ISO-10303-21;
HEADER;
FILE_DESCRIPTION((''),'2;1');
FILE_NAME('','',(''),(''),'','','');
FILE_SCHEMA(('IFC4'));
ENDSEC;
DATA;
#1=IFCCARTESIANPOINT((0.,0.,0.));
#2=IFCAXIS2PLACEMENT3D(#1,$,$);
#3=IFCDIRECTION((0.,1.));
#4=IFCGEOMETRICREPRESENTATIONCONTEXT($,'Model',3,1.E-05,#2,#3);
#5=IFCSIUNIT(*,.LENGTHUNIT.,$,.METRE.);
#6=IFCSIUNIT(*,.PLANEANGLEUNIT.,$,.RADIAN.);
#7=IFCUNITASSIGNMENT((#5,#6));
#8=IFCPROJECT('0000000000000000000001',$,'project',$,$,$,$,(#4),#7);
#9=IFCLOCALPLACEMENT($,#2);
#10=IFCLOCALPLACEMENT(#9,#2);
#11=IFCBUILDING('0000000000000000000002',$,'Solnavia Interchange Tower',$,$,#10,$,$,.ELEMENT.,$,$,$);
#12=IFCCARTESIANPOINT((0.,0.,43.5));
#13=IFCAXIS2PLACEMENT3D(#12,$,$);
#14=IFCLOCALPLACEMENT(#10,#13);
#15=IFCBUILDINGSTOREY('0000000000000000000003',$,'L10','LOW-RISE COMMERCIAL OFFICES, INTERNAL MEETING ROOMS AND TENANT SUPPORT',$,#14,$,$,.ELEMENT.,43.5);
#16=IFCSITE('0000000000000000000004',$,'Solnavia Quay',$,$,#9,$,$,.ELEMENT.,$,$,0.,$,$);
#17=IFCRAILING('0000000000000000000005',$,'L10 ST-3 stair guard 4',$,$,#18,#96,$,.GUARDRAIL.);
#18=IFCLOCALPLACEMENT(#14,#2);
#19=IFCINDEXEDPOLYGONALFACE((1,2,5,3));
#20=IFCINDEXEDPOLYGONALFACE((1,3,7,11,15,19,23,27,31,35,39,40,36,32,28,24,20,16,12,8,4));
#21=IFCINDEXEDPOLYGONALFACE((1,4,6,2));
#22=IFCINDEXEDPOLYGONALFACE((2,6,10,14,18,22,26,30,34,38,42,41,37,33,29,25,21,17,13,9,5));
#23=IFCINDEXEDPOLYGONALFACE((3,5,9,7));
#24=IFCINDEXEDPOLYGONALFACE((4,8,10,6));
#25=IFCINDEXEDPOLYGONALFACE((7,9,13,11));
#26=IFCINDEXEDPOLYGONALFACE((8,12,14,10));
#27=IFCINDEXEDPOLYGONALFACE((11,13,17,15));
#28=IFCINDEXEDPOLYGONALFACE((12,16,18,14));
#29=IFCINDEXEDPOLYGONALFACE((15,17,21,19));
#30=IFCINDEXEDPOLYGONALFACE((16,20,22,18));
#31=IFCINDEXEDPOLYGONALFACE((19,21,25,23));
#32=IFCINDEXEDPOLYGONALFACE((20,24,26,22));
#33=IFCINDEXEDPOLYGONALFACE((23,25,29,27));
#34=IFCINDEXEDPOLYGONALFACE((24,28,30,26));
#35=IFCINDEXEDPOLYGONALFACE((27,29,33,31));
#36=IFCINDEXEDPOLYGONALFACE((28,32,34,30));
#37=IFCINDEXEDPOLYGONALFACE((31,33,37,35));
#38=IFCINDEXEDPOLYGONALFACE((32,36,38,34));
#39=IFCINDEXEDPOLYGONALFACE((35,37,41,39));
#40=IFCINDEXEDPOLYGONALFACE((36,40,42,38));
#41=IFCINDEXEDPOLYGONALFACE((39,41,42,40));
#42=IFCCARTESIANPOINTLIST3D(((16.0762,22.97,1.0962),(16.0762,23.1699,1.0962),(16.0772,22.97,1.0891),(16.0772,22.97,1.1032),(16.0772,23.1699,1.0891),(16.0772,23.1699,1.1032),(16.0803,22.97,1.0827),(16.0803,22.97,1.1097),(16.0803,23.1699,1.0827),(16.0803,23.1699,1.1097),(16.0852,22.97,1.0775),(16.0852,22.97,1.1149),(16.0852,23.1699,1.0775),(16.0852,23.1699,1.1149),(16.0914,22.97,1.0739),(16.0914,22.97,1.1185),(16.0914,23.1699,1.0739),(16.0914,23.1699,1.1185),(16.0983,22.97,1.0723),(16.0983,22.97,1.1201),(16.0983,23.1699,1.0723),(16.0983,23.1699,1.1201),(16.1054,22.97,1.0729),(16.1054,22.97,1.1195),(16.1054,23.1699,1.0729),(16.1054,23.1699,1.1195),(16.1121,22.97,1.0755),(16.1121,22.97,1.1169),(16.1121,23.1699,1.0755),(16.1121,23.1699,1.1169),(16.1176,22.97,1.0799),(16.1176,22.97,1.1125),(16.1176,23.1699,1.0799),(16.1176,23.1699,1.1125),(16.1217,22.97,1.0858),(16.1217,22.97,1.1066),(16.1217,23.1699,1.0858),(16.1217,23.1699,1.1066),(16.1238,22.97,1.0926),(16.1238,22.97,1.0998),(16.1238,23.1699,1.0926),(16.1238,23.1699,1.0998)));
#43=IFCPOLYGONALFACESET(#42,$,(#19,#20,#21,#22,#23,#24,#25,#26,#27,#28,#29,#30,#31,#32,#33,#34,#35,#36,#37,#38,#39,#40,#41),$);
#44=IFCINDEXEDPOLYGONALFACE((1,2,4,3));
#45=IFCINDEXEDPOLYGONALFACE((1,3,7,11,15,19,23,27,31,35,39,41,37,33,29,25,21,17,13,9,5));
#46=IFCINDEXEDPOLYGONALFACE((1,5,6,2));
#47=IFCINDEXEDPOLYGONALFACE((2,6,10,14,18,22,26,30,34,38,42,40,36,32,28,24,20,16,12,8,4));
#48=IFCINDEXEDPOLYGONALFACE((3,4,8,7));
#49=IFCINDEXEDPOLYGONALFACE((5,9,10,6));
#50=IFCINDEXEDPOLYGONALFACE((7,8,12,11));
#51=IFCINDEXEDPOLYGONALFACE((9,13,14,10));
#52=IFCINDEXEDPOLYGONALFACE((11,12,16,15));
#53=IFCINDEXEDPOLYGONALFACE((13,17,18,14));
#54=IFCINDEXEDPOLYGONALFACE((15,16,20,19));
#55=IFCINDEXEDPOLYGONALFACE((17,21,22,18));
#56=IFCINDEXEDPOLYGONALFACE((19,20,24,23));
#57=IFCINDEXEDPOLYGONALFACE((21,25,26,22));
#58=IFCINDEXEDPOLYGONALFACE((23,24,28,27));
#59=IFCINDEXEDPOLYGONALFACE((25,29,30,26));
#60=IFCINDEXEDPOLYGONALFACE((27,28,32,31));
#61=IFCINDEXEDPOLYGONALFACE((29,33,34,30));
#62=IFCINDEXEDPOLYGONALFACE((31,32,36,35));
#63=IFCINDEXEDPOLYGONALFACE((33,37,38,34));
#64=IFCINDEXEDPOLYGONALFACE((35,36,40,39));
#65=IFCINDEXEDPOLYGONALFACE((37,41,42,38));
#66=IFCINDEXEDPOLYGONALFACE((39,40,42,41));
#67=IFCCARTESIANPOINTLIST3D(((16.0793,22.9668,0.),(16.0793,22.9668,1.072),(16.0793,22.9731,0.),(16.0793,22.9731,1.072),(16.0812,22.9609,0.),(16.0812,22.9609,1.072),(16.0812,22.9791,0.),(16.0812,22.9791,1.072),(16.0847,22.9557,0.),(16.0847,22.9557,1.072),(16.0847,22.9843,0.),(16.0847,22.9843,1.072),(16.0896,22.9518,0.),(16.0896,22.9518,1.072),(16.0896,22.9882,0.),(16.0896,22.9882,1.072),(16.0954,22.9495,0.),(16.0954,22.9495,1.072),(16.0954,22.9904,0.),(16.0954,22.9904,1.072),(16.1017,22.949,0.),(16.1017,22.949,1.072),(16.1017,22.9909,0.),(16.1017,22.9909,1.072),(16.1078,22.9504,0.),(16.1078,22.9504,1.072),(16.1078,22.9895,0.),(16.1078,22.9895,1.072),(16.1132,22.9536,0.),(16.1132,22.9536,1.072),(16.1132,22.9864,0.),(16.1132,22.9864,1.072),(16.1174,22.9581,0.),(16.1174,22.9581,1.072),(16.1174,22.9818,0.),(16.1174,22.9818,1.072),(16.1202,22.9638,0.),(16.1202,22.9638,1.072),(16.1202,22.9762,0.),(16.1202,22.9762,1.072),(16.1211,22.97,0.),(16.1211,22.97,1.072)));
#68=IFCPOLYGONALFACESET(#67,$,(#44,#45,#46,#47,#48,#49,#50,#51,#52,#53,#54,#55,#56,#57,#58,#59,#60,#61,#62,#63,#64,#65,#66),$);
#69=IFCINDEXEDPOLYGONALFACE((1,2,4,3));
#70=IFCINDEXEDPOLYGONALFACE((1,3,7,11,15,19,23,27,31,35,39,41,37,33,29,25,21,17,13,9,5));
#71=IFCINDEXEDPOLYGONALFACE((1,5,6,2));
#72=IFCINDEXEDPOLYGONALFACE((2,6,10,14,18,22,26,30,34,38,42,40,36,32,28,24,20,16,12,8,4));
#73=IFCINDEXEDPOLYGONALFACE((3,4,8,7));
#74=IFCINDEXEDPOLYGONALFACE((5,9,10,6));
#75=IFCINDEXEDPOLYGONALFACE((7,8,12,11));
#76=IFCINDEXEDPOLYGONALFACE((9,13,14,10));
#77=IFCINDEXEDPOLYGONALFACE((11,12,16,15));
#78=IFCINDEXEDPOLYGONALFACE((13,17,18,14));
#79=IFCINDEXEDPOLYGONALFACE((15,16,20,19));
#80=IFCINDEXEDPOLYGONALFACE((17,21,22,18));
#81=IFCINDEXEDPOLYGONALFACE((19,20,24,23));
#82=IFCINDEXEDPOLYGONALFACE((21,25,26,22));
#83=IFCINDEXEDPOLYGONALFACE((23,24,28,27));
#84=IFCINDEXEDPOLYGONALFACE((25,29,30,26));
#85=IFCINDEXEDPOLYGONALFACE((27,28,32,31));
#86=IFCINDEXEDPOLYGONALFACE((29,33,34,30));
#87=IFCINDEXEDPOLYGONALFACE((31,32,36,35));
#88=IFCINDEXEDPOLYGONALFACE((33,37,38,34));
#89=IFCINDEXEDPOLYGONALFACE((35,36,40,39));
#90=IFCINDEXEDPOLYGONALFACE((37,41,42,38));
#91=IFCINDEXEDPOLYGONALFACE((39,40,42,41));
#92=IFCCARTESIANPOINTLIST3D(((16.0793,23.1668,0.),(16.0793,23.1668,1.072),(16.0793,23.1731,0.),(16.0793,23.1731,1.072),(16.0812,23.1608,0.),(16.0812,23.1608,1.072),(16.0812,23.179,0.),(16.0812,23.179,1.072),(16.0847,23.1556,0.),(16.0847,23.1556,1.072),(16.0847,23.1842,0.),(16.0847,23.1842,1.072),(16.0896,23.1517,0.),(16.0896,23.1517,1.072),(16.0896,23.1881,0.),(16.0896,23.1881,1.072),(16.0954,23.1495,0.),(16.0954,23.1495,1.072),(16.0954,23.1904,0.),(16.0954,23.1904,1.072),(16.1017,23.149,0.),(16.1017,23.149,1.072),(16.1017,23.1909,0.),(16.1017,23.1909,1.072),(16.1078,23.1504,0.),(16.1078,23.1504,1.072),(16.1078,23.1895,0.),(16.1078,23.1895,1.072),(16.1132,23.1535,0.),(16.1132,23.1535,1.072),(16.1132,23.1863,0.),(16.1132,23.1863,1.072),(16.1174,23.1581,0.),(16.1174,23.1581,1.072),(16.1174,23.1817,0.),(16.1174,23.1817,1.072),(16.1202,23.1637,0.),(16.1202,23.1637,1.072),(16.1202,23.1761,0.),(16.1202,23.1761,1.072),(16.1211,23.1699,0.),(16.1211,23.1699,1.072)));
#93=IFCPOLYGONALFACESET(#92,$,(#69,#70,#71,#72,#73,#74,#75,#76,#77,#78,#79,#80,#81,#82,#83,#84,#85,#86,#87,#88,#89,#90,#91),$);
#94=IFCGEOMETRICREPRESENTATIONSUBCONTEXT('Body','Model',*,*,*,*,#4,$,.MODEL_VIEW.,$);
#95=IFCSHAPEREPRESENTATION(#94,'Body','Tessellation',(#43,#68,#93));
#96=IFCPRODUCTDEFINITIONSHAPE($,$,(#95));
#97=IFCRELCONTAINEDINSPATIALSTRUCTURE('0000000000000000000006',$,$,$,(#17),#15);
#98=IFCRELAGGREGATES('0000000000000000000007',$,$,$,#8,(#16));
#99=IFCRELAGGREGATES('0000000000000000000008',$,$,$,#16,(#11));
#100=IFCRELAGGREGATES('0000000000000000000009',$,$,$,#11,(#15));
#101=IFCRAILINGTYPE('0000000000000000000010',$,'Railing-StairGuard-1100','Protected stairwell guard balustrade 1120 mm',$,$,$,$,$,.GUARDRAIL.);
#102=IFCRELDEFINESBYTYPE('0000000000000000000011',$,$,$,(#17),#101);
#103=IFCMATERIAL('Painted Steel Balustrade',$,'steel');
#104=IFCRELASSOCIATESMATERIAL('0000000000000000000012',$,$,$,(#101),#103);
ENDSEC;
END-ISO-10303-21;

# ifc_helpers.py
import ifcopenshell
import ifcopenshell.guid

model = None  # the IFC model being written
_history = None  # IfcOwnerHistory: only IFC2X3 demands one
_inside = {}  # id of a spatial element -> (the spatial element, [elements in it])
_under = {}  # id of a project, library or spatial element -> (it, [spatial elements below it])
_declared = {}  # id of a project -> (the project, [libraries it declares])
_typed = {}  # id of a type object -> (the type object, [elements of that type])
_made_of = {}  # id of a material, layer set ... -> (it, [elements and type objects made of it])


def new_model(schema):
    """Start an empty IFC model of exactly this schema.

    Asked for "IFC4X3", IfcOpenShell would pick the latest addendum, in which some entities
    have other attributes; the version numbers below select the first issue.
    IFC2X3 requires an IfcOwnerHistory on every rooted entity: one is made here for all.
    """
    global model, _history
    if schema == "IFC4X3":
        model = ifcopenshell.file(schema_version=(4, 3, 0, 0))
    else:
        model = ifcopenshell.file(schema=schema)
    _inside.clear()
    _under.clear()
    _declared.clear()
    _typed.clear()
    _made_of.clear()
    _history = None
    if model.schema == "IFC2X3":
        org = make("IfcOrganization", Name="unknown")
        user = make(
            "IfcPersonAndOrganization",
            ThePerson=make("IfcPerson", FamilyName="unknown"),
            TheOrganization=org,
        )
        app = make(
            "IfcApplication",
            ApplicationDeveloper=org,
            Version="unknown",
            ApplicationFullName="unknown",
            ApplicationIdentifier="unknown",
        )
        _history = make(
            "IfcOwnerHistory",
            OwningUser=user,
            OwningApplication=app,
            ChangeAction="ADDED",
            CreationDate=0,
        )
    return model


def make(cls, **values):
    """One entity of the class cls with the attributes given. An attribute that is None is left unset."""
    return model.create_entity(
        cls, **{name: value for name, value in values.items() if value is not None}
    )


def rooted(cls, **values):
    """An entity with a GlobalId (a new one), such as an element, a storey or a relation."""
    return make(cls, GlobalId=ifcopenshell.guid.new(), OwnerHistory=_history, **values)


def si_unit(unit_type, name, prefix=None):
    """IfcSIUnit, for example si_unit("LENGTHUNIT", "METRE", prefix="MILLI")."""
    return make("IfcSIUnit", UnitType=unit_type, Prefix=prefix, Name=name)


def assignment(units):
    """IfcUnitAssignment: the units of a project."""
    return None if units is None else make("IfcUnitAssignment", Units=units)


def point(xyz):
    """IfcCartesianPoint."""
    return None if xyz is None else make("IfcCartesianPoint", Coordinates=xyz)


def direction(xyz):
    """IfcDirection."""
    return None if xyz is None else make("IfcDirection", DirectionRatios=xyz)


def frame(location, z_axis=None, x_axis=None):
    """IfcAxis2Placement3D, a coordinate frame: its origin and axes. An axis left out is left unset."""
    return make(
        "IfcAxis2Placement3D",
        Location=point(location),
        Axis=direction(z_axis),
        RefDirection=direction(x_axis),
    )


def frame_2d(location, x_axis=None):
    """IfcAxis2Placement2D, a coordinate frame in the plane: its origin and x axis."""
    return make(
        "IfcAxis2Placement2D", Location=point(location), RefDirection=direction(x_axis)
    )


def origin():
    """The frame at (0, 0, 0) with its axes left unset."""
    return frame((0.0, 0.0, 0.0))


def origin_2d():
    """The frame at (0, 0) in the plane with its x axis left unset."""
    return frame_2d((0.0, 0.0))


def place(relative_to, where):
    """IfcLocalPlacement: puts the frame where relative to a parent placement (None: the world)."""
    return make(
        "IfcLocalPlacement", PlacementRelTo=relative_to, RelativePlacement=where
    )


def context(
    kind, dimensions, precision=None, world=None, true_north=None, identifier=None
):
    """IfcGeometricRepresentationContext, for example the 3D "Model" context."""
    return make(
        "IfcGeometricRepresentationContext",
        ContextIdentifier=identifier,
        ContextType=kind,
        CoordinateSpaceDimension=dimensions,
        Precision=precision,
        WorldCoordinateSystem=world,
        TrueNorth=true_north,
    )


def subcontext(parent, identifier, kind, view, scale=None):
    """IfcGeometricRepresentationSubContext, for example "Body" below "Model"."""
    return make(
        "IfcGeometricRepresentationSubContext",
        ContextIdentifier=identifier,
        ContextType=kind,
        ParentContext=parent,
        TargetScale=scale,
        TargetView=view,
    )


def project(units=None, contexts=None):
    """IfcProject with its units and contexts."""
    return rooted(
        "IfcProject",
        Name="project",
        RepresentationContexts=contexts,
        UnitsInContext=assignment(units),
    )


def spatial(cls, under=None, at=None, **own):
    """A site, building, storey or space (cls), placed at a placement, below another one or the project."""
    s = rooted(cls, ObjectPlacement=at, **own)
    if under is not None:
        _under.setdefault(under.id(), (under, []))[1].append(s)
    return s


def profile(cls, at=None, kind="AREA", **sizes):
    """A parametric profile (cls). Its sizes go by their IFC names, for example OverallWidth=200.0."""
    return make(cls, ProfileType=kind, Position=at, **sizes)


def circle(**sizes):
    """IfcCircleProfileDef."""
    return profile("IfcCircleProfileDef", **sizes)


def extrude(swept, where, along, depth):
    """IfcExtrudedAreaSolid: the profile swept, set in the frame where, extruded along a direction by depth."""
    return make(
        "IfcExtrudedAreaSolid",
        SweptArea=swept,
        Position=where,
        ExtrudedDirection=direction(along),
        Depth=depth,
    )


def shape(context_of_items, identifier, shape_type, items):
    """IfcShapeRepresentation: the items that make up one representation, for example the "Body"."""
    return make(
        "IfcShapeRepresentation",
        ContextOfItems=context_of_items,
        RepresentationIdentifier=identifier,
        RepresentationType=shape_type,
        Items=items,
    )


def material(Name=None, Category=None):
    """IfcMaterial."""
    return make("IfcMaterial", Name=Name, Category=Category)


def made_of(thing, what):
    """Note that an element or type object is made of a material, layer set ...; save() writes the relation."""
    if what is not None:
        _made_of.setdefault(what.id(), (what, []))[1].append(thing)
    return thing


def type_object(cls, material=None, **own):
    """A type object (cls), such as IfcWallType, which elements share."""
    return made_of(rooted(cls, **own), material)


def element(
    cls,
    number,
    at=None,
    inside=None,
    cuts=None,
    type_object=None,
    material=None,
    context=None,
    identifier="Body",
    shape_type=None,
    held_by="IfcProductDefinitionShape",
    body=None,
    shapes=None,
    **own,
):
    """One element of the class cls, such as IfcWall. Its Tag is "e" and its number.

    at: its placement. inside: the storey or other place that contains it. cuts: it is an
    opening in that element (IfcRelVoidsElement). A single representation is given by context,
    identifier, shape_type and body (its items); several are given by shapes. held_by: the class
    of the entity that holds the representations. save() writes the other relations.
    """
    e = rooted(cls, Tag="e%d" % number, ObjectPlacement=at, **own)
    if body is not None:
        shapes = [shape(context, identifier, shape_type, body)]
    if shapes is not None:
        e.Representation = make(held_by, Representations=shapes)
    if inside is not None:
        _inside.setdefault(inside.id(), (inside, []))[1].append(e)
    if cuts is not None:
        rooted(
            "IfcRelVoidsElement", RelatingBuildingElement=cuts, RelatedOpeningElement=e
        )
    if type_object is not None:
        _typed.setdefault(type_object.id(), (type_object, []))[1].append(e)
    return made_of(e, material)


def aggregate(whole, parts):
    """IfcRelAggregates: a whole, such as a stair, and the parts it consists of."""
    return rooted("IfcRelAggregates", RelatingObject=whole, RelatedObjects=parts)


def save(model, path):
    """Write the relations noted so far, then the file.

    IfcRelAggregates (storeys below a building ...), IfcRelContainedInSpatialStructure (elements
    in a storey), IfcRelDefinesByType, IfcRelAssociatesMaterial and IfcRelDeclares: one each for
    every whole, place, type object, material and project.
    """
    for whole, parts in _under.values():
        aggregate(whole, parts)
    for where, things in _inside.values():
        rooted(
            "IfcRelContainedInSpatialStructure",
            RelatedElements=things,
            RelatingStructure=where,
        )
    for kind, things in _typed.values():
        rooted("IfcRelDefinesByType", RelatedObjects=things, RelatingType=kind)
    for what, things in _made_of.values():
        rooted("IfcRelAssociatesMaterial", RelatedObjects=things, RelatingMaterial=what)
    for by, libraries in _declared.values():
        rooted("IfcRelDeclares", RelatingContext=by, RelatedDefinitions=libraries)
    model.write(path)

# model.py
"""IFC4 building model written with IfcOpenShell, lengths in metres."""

from ifc_helpers import new_model, si_unit, direction, frame, origin, origin_2d, place, context, subcontext, project, spatial, circle, extrude, material, type_object, element, save


model = new_model("IFC4")

# Units and contexts
model_context = context("Model", 3, precision=1e-05, world=origin(), true_north=direction((0.0, 1.0)))
body_context = subcontext(model_context, "Body", "Model", "MODEL_VIEW")
ifc_project = project(units=[si_unit("LENGTHUNIT", "METRE"), si_unit("PLANEANGLEUNIT", "RADIAN")], contexts=[model_context])

# Site, building, storey
site_placement = place(None, origin())
site = spatial("IfcSite", under=ifc_project, at=site_placement, Name="Solnavia Quay", CompositionType="ELEMENT", RefElevation=0.0)
building_placement = place(site_placement, origin())
building = spatial("IfcBuilding", under=site, at=building_placement, Name="Solnavia Interchange Tower", CompositionType="ELEMENT")
storey_placement = place(building_placement, frame((0.0, 0.0, 43.5)))
storey = spatial("IfcBuildingStorey", under=building, at=storey_placement, Name="L10", Description="LOW-RISE COMMERCIAL OFFICES, INTERNAL MEETING ROOMS AND TENANT SUPPORT", CompositionType="ELEMENT", Elevation=43.5)

# Railing
ifc_material_1 = material(Name="Painted Steel Balustrade", Category="steel")
railing_type_1 = type_object("IfcRailingType", Name="Railing-StairGuard-1100", Description="Protected stairwell guard balustrade 1120 mm", PredefinedType="GUARDRAIL", material=ifc_material_1)
railing_1_placement = place(storey_placement, frame((16.1001, 22.97, 0.0)))
element("IfcRailing", 1, at=railing_1_placement, inside=storey, type_object=railing_type_1, Name="L10 ST-3 stair guard 4", PredefinedType="GUARDRAIL", context=body_context, shape_type="SweptSolid", body=[
    extrude(circle(Radius=0.0239, at=origin_2d()), frame((0.0, 0.0, 1.0962), z_axis=(0.0, 1.0, 0.0), x_axis=(-1.0, 0.0, 0.0)), (0.0, 0.0, 1.0), 0.2),
    extrude(circle(Radius=0.021, at=origin_2d()), origin(), (0.0, 0.0, 1.0), 1.072),
    extrude(circle(Radius=0.021, at=origin_2d()), frame((0.0, 0.2, 0.0)), (0.0, 0.0, 1.0), 1.072),
])

save(model, "model.ifc")
